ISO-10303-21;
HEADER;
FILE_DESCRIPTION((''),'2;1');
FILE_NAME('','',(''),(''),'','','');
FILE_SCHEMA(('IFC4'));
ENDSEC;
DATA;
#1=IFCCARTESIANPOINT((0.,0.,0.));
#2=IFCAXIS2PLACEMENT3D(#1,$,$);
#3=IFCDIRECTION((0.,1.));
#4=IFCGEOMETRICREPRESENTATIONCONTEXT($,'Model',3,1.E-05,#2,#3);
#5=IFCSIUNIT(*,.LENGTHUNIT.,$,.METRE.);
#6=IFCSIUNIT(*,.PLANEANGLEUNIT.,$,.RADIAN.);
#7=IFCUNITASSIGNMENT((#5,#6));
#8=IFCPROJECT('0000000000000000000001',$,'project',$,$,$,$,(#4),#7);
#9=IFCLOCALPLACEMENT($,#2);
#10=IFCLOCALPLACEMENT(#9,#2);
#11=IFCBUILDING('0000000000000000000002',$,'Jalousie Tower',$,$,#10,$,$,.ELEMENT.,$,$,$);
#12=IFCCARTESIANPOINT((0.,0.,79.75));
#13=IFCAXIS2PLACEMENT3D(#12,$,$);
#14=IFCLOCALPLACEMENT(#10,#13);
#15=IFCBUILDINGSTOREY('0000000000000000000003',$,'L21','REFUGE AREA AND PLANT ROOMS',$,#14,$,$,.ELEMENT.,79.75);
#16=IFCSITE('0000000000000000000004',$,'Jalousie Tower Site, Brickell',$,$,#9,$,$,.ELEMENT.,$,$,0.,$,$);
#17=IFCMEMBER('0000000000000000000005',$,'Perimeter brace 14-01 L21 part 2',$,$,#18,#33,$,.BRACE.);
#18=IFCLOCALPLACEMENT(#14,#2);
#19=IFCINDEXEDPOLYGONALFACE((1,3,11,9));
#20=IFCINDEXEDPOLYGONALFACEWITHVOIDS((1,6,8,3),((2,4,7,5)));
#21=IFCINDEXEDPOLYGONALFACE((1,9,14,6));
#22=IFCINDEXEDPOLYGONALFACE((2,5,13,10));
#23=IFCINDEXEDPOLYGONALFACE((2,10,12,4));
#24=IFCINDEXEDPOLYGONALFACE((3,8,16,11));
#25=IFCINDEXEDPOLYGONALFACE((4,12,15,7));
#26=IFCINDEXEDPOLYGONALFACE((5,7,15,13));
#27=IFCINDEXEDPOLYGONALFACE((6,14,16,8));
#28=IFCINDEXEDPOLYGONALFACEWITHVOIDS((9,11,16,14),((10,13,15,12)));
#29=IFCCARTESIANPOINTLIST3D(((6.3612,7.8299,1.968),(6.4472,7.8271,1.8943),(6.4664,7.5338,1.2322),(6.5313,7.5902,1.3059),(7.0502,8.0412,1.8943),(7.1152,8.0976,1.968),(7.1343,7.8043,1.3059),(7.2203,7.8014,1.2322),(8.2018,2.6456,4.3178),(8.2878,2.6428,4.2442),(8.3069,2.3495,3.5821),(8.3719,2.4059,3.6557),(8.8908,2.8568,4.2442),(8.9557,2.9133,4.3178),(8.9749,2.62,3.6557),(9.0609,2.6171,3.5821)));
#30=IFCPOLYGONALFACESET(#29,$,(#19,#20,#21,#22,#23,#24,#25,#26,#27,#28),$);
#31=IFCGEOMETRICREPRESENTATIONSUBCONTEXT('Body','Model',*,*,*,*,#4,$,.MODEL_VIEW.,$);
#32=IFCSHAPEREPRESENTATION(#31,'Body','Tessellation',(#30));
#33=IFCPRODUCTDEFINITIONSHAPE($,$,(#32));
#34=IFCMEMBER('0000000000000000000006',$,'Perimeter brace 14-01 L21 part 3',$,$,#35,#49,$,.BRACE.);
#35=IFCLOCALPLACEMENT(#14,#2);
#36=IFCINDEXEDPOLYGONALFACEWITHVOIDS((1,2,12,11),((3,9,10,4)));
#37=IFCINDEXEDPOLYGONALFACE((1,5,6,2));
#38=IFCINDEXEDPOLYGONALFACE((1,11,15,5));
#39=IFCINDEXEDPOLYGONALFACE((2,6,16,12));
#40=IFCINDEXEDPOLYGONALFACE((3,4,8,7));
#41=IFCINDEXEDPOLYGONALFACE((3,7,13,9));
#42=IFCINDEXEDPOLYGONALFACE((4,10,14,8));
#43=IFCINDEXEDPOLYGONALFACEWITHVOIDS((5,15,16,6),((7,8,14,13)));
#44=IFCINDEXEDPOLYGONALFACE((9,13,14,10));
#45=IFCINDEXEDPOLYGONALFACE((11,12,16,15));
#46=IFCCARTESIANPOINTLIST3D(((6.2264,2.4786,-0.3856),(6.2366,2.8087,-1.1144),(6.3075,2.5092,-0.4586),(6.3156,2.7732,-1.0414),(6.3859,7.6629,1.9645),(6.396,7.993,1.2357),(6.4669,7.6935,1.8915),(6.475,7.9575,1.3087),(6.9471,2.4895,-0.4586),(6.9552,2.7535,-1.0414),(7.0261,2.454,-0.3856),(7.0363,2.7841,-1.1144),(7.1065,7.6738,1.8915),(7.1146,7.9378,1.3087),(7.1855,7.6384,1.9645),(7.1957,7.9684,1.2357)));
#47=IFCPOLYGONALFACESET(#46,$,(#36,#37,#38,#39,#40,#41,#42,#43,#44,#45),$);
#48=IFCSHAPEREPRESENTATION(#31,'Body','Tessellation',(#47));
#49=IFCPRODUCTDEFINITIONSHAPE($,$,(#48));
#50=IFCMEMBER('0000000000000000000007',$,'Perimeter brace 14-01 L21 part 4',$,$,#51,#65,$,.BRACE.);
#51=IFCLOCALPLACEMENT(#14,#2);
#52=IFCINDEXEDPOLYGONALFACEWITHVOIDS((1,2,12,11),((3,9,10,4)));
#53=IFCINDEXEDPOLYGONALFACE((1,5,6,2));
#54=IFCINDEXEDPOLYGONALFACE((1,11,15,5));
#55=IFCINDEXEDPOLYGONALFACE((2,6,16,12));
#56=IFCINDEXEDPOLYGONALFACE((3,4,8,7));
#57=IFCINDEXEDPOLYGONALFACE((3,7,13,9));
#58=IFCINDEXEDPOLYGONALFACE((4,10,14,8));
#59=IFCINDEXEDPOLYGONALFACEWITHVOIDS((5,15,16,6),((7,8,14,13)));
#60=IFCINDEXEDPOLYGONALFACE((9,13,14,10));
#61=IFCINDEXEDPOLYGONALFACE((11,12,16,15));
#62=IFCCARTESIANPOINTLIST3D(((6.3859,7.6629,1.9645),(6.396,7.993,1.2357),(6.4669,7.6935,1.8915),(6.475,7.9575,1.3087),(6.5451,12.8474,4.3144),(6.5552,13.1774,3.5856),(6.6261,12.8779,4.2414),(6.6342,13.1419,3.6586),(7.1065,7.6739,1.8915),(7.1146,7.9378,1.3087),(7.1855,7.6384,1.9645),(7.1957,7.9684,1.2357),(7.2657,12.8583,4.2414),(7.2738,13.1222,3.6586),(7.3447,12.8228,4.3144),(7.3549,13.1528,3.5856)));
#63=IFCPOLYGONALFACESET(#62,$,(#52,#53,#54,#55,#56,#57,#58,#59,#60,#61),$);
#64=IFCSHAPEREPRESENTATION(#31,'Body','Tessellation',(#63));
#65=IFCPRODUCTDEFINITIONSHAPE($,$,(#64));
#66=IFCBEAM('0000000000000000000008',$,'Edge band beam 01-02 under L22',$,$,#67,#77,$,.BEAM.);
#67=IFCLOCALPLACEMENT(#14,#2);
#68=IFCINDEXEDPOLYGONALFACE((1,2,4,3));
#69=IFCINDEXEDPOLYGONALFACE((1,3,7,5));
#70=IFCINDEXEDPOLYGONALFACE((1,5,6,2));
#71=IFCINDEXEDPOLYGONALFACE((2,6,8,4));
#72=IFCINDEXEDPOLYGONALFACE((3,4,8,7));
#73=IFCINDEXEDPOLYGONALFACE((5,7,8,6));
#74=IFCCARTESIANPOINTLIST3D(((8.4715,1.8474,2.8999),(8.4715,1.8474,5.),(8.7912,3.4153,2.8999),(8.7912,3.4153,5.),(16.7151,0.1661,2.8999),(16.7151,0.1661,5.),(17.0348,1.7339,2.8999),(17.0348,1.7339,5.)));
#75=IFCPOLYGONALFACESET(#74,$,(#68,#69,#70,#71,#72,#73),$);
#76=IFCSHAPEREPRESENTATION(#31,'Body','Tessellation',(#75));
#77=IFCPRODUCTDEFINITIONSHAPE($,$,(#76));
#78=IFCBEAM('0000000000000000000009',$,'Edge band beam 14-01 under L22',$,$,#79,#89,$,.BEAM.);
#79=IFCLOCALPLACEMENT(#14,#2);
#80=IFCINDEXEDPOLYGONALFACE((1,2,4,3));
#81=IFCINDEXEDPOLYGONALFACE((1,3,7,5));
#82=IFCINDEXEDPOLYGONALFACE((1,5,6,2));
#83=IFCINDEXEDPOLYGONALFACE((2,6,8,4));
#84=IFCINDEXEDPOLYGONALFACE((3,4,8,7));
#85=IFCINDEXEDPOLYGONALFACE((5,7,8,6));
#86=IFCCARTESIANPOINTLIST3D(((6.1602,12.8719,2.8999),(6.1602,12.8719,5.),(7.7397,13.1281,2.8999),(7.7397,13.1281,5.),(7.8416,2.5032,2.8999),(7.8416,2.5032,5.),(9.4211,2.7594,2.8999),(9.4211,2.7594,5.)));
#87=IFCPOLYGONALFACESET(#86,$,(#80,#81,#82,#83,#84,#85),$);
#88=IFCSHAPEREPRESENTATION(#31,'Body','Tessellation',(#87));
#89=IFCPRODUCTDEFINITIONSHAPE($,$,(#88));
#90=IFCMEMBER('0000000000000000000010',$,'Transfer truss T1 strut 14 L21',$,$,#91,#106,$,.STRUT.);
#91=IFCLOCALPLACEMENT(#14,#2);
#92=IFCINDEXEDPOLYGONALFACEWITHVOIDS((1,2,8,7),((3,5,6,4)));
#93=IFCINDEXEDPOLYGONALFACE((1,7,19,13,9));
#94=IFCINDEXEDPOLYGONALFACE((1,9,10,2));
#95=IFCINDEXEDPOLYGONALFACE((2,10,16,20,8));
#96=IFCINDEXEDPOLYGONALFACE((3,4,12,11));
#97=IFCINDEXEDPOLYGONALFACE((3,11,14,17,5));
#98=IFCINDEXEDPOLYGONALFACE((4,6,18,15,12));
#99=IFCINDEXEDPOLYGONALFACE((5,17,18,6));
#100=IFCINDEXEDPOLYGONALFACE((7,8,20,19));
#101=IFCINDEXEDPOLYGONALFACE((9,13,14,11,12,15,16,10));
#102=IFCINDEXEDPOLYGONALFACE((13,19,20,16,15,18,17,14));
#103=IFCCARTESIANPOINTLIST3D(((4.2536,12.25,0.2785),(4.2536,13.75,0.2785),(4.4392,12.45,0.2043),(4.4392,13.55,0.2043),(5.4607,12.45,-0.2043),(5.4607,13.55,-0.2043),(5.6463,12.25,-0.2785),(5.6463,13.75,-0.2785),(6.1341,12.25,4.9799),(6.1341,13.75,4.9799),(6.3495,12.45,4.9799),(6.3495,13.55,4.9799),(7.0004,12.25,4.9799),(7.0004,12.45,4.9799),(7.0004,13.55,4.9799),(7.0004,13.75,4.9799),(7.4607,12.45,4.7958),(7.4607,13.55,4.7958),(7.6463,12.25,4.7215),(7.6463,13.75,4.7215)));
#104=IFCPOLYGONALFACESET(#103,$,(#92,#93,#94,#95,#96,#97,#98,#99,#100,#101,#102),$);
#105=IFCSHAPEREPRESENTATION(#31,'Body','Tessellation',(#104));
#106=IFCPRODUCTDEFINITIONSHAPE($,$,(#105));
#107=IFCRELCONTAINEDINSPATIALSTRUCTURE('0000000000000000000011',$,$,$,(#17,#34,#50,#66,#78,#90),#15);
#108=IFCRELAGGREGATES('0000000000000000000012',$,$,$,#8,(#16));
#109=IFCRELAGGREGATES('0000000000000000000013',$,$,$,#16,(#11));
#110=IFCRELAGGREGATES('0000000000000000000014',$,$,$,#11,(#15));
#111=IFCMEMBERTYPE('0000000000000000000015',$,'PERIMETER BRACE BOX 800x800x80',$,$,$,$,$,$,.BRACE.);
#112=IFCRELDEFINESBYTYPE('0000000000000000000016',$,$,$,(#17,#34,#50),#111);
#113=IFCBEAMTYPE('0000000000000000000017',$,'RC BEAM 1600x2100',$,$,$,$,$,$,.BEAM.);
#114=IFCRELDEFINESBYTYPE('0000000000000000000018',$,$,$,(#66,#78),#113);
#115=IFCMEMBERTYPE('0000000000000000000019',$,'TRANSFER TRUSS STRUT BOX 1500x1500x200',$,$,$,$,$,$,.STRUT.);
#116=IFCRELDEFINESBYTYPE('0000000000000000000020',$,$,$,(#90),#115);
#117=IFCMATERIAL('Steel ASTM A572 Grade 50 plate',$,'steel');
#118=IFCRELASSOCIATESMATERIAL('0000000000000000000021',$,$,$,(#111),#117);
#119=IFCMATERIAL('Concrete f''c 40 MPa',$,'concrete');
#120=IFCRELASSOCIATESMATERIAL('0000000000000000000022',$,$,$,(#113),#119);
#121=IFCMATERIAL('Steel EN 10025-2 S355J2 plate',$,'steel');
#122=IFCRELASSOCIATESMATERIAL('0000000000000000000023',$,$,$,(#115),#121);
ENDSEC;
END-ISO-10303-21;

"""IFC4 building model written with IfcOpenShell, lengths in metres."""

from ifc_helpers import new_model, si_unit, direction, frame, origin, origin_2d, place, context, subcontext, project, spatial, rectangle, hollow_rectangle, extrude, clip, halfspace, material, material_profile, profile_set, type_object, element, save


model = new_model("IFC4")

# Units and contexts
model_context = context("Model", 3, precision=1e-05, world=origin(), true_north=direction((0.0, 1.0)))
body_context = subcontext(model_context, "Body", "Model", "MODEL_VIEW")
ifc_project = project(units=[si_unit("LENGTHUNIT", "METRE"), si_unit("PLANEANGLEUNIT", "RADIAN")], contexts=[model_context])

# Site, building, storey
site_placement = place(None, origin())
site = spatial("IfcSite", under=ifc_project, at=site_placement, Name="Jalousie Tower Site, Brickell", CompositionType="ELEMENT", RefElevation=0.0)
building_placement = place(site_placement, origin())
building = spatial("IfcBuilding", under=site, at=building_placement, Name="Jalousie Tower", CompositionType="ELEMENT")
storey_placement = place(building_placement, frame((0.0, 0.0, 79.75)))
storey = spatial("IfcBuildingStorey", under=building, at=storey_placement, Name="L21", Description="REFUGE AREA AND PLANT ROOMS", CompositionType="ELEMENT", Elevation=79.75)

# Members
ifc_material_1 = material(Name="Steel ASTM A572 Grade 50 plate", Category="steel")
ifc_material_profile_1 = material_profile(ifc_material_1, hollow_rectangle(XDim=0.8, YDim=0.8, WallThickness=0.0801, at=origin_2d()), Name="BOX 800x800x80")
ifc_profile_set_1 = profile_set([ifc_material_profile_1], Name="Steel ASTM A572 Grade 50 plate")
member_type_1 = type_object("IfcMemberType", Name="PERIMETER BRACE BOX 800x800x80", PredefinedType="BRACE", material=ifc_profile_set_1)
member_1_placement = place(storey_placement, frame((6.7908, 7.8157, 1.6001), z_axis=(0.307675, -0.866625, 0.392807), x_axis=(0.942372, 0.334568, 0.0)))
element("IfcMember", 1, at=member_1_placement, inside=storey, type_object=member_type_1, Name="Perimeter brace 14-01 L21 part 2", PredefinedType="BRACE", context=body_context, shape_type="SweptSolid", body=[
    extrude(hollow_rectangle(XDim=0.8, YDim=0.8, WallThickness=0.0801, at=origin_2d()), origin(), (0.0, 0.0, 1.0), 5.9822),
])
for number, where, z_axis, x_axis, name in (
    (2, (6.6313, 2.6313, -0.75), (0.027997, 0.910433, 0.412707), (-0.999528, 0.030737, 0.0), "Perimeter brace 14-01 L21 part 3"),
    (3, (6.7908, 7.8157, 1.6001), (0.027955, 0.910451, 0.412672), (-0.999529, 0.03069, 0.0), "Perimeter brace 14-01 L21 part 4"),
):
    element("IfcMember", number, at=place(storey_placement, frame(where, z_axis=z_axis, x_axis=x_axis)), inside=storey, type_object=member_type_1, Name=name, PredefinedType="BRACE", context=body_context, shape_type="SweptSolid", body=[
        extrude(hollow_rectangle(XDim=0.8, YDim=0.8, WallThickness=0.0801, at=origin_2d()), origin(), (0.0, 0.0, 1.0), 5.6943),
    ])

# Beams
ifc_material_2 = material(Name="Concrete f'c 40 MPa", Category="concrete")
ifc_material_profile_2 = material_profile(ifc_material_2, rectangle(XDim=1.6001, YDim=2.1001, at=origin_2d()), Name="RC 1600x2100")
ifc_profile_set_2 = profile_set([ifc_material_profile_2], Name="Concrete f'c 40 MPa")
beam_type_1 = type_object("IfcBeamType", Name="RC BEAM 1600x2100", PredefinedType="BEAM", material=ifc_profile_set_2)
beam_1_placement = place(storey_placement, frame((8.6313, 2.6313, 3.95), z_axis=(0.979827, -0.199848, 0.0), x_axis=(0.199848, 0.979827, 0.0)))
element("IfcBeam", 4, at=beam_1_placement, inside=storey, type_object=beam_type_1, Name="Edge band beam 01-02 under L22", PredefinedType="BEAM", context=body_context, shape_type="SweptSolid", body=[
    extrude(rectangle(XDim=1.6001, YDim=2.1001, at=origin_2d()), origin(), (0.0, 0.0, 1.0), 8.4133),
])
beam_2_placement = place(storey_placement, frame((6.95, 13.0, 3.95), z_axis=(0.160071, -0.987106, 0.0), x_axis=(0.987106, 0.160071, 0.0)))
element("IfcBeam", 5, at=beam_2_placement, inside=storey, type_object=beam_type_1, Name="Edge band beam 14-01 under L22", PredefinedType="BEAM", context=body_context, shape_type="SweptSolid", body=[
    extrude(rectangle(XDim=1.6001, YDim=2.1001, at=origin_2d()), origin(), (0.0, 0.0, 1.0), 10.5042),
])

# Member
ifc_material_3 = material(Name="Steel EN 10025-2 S355J2 plate", Category="steel")
ifc_material_profile_3 = material_profile(ifc_material_3, hollow_rectangle(XDim=1.5, YDim=1.5, WallThickness=0.2, at=origin_2d()), Name="BOX 1500x1500x200")
ifc_profile_set_3 = profile_set([ifc_material_profile_3], Name="Steel EN 10025-2 S355J2 plate")
member_type_2 = type_object("IfcMemberType", Name="TRANSFER TRUSS STRUT BOX 1500x1500x200", PredefinedType="STRUT", material=ifc_profile_set_3)
member_2_placement = place(storey_placement, frame((4.95, 13.0, 0.0), z_axis=(0.371391, 0.0, 0.928477), x_axis=(0.0, 1.0, 0.0)))
element("IfcMember", 6, at=member_2_placement, inside=storey, type_object=member_type_2, Name="Transfer truss T1 strut 14 L21", PredefinedType="STRUT", context=body_context, shape_type="Clipping", body=[
    clip(extrude(hollow_rectangle(XDim=1.5, YDim=1.5, WallThickness=0.2, at=origin_2d()), origin(), (0.0, 0.0, 1.0), 5.3853), halfspace(frame((0.0, 0.0, 5.3635), z_axis=(0.0, 0.371391, 0.928477)), False)),
])

save(model, "model.ifc")
